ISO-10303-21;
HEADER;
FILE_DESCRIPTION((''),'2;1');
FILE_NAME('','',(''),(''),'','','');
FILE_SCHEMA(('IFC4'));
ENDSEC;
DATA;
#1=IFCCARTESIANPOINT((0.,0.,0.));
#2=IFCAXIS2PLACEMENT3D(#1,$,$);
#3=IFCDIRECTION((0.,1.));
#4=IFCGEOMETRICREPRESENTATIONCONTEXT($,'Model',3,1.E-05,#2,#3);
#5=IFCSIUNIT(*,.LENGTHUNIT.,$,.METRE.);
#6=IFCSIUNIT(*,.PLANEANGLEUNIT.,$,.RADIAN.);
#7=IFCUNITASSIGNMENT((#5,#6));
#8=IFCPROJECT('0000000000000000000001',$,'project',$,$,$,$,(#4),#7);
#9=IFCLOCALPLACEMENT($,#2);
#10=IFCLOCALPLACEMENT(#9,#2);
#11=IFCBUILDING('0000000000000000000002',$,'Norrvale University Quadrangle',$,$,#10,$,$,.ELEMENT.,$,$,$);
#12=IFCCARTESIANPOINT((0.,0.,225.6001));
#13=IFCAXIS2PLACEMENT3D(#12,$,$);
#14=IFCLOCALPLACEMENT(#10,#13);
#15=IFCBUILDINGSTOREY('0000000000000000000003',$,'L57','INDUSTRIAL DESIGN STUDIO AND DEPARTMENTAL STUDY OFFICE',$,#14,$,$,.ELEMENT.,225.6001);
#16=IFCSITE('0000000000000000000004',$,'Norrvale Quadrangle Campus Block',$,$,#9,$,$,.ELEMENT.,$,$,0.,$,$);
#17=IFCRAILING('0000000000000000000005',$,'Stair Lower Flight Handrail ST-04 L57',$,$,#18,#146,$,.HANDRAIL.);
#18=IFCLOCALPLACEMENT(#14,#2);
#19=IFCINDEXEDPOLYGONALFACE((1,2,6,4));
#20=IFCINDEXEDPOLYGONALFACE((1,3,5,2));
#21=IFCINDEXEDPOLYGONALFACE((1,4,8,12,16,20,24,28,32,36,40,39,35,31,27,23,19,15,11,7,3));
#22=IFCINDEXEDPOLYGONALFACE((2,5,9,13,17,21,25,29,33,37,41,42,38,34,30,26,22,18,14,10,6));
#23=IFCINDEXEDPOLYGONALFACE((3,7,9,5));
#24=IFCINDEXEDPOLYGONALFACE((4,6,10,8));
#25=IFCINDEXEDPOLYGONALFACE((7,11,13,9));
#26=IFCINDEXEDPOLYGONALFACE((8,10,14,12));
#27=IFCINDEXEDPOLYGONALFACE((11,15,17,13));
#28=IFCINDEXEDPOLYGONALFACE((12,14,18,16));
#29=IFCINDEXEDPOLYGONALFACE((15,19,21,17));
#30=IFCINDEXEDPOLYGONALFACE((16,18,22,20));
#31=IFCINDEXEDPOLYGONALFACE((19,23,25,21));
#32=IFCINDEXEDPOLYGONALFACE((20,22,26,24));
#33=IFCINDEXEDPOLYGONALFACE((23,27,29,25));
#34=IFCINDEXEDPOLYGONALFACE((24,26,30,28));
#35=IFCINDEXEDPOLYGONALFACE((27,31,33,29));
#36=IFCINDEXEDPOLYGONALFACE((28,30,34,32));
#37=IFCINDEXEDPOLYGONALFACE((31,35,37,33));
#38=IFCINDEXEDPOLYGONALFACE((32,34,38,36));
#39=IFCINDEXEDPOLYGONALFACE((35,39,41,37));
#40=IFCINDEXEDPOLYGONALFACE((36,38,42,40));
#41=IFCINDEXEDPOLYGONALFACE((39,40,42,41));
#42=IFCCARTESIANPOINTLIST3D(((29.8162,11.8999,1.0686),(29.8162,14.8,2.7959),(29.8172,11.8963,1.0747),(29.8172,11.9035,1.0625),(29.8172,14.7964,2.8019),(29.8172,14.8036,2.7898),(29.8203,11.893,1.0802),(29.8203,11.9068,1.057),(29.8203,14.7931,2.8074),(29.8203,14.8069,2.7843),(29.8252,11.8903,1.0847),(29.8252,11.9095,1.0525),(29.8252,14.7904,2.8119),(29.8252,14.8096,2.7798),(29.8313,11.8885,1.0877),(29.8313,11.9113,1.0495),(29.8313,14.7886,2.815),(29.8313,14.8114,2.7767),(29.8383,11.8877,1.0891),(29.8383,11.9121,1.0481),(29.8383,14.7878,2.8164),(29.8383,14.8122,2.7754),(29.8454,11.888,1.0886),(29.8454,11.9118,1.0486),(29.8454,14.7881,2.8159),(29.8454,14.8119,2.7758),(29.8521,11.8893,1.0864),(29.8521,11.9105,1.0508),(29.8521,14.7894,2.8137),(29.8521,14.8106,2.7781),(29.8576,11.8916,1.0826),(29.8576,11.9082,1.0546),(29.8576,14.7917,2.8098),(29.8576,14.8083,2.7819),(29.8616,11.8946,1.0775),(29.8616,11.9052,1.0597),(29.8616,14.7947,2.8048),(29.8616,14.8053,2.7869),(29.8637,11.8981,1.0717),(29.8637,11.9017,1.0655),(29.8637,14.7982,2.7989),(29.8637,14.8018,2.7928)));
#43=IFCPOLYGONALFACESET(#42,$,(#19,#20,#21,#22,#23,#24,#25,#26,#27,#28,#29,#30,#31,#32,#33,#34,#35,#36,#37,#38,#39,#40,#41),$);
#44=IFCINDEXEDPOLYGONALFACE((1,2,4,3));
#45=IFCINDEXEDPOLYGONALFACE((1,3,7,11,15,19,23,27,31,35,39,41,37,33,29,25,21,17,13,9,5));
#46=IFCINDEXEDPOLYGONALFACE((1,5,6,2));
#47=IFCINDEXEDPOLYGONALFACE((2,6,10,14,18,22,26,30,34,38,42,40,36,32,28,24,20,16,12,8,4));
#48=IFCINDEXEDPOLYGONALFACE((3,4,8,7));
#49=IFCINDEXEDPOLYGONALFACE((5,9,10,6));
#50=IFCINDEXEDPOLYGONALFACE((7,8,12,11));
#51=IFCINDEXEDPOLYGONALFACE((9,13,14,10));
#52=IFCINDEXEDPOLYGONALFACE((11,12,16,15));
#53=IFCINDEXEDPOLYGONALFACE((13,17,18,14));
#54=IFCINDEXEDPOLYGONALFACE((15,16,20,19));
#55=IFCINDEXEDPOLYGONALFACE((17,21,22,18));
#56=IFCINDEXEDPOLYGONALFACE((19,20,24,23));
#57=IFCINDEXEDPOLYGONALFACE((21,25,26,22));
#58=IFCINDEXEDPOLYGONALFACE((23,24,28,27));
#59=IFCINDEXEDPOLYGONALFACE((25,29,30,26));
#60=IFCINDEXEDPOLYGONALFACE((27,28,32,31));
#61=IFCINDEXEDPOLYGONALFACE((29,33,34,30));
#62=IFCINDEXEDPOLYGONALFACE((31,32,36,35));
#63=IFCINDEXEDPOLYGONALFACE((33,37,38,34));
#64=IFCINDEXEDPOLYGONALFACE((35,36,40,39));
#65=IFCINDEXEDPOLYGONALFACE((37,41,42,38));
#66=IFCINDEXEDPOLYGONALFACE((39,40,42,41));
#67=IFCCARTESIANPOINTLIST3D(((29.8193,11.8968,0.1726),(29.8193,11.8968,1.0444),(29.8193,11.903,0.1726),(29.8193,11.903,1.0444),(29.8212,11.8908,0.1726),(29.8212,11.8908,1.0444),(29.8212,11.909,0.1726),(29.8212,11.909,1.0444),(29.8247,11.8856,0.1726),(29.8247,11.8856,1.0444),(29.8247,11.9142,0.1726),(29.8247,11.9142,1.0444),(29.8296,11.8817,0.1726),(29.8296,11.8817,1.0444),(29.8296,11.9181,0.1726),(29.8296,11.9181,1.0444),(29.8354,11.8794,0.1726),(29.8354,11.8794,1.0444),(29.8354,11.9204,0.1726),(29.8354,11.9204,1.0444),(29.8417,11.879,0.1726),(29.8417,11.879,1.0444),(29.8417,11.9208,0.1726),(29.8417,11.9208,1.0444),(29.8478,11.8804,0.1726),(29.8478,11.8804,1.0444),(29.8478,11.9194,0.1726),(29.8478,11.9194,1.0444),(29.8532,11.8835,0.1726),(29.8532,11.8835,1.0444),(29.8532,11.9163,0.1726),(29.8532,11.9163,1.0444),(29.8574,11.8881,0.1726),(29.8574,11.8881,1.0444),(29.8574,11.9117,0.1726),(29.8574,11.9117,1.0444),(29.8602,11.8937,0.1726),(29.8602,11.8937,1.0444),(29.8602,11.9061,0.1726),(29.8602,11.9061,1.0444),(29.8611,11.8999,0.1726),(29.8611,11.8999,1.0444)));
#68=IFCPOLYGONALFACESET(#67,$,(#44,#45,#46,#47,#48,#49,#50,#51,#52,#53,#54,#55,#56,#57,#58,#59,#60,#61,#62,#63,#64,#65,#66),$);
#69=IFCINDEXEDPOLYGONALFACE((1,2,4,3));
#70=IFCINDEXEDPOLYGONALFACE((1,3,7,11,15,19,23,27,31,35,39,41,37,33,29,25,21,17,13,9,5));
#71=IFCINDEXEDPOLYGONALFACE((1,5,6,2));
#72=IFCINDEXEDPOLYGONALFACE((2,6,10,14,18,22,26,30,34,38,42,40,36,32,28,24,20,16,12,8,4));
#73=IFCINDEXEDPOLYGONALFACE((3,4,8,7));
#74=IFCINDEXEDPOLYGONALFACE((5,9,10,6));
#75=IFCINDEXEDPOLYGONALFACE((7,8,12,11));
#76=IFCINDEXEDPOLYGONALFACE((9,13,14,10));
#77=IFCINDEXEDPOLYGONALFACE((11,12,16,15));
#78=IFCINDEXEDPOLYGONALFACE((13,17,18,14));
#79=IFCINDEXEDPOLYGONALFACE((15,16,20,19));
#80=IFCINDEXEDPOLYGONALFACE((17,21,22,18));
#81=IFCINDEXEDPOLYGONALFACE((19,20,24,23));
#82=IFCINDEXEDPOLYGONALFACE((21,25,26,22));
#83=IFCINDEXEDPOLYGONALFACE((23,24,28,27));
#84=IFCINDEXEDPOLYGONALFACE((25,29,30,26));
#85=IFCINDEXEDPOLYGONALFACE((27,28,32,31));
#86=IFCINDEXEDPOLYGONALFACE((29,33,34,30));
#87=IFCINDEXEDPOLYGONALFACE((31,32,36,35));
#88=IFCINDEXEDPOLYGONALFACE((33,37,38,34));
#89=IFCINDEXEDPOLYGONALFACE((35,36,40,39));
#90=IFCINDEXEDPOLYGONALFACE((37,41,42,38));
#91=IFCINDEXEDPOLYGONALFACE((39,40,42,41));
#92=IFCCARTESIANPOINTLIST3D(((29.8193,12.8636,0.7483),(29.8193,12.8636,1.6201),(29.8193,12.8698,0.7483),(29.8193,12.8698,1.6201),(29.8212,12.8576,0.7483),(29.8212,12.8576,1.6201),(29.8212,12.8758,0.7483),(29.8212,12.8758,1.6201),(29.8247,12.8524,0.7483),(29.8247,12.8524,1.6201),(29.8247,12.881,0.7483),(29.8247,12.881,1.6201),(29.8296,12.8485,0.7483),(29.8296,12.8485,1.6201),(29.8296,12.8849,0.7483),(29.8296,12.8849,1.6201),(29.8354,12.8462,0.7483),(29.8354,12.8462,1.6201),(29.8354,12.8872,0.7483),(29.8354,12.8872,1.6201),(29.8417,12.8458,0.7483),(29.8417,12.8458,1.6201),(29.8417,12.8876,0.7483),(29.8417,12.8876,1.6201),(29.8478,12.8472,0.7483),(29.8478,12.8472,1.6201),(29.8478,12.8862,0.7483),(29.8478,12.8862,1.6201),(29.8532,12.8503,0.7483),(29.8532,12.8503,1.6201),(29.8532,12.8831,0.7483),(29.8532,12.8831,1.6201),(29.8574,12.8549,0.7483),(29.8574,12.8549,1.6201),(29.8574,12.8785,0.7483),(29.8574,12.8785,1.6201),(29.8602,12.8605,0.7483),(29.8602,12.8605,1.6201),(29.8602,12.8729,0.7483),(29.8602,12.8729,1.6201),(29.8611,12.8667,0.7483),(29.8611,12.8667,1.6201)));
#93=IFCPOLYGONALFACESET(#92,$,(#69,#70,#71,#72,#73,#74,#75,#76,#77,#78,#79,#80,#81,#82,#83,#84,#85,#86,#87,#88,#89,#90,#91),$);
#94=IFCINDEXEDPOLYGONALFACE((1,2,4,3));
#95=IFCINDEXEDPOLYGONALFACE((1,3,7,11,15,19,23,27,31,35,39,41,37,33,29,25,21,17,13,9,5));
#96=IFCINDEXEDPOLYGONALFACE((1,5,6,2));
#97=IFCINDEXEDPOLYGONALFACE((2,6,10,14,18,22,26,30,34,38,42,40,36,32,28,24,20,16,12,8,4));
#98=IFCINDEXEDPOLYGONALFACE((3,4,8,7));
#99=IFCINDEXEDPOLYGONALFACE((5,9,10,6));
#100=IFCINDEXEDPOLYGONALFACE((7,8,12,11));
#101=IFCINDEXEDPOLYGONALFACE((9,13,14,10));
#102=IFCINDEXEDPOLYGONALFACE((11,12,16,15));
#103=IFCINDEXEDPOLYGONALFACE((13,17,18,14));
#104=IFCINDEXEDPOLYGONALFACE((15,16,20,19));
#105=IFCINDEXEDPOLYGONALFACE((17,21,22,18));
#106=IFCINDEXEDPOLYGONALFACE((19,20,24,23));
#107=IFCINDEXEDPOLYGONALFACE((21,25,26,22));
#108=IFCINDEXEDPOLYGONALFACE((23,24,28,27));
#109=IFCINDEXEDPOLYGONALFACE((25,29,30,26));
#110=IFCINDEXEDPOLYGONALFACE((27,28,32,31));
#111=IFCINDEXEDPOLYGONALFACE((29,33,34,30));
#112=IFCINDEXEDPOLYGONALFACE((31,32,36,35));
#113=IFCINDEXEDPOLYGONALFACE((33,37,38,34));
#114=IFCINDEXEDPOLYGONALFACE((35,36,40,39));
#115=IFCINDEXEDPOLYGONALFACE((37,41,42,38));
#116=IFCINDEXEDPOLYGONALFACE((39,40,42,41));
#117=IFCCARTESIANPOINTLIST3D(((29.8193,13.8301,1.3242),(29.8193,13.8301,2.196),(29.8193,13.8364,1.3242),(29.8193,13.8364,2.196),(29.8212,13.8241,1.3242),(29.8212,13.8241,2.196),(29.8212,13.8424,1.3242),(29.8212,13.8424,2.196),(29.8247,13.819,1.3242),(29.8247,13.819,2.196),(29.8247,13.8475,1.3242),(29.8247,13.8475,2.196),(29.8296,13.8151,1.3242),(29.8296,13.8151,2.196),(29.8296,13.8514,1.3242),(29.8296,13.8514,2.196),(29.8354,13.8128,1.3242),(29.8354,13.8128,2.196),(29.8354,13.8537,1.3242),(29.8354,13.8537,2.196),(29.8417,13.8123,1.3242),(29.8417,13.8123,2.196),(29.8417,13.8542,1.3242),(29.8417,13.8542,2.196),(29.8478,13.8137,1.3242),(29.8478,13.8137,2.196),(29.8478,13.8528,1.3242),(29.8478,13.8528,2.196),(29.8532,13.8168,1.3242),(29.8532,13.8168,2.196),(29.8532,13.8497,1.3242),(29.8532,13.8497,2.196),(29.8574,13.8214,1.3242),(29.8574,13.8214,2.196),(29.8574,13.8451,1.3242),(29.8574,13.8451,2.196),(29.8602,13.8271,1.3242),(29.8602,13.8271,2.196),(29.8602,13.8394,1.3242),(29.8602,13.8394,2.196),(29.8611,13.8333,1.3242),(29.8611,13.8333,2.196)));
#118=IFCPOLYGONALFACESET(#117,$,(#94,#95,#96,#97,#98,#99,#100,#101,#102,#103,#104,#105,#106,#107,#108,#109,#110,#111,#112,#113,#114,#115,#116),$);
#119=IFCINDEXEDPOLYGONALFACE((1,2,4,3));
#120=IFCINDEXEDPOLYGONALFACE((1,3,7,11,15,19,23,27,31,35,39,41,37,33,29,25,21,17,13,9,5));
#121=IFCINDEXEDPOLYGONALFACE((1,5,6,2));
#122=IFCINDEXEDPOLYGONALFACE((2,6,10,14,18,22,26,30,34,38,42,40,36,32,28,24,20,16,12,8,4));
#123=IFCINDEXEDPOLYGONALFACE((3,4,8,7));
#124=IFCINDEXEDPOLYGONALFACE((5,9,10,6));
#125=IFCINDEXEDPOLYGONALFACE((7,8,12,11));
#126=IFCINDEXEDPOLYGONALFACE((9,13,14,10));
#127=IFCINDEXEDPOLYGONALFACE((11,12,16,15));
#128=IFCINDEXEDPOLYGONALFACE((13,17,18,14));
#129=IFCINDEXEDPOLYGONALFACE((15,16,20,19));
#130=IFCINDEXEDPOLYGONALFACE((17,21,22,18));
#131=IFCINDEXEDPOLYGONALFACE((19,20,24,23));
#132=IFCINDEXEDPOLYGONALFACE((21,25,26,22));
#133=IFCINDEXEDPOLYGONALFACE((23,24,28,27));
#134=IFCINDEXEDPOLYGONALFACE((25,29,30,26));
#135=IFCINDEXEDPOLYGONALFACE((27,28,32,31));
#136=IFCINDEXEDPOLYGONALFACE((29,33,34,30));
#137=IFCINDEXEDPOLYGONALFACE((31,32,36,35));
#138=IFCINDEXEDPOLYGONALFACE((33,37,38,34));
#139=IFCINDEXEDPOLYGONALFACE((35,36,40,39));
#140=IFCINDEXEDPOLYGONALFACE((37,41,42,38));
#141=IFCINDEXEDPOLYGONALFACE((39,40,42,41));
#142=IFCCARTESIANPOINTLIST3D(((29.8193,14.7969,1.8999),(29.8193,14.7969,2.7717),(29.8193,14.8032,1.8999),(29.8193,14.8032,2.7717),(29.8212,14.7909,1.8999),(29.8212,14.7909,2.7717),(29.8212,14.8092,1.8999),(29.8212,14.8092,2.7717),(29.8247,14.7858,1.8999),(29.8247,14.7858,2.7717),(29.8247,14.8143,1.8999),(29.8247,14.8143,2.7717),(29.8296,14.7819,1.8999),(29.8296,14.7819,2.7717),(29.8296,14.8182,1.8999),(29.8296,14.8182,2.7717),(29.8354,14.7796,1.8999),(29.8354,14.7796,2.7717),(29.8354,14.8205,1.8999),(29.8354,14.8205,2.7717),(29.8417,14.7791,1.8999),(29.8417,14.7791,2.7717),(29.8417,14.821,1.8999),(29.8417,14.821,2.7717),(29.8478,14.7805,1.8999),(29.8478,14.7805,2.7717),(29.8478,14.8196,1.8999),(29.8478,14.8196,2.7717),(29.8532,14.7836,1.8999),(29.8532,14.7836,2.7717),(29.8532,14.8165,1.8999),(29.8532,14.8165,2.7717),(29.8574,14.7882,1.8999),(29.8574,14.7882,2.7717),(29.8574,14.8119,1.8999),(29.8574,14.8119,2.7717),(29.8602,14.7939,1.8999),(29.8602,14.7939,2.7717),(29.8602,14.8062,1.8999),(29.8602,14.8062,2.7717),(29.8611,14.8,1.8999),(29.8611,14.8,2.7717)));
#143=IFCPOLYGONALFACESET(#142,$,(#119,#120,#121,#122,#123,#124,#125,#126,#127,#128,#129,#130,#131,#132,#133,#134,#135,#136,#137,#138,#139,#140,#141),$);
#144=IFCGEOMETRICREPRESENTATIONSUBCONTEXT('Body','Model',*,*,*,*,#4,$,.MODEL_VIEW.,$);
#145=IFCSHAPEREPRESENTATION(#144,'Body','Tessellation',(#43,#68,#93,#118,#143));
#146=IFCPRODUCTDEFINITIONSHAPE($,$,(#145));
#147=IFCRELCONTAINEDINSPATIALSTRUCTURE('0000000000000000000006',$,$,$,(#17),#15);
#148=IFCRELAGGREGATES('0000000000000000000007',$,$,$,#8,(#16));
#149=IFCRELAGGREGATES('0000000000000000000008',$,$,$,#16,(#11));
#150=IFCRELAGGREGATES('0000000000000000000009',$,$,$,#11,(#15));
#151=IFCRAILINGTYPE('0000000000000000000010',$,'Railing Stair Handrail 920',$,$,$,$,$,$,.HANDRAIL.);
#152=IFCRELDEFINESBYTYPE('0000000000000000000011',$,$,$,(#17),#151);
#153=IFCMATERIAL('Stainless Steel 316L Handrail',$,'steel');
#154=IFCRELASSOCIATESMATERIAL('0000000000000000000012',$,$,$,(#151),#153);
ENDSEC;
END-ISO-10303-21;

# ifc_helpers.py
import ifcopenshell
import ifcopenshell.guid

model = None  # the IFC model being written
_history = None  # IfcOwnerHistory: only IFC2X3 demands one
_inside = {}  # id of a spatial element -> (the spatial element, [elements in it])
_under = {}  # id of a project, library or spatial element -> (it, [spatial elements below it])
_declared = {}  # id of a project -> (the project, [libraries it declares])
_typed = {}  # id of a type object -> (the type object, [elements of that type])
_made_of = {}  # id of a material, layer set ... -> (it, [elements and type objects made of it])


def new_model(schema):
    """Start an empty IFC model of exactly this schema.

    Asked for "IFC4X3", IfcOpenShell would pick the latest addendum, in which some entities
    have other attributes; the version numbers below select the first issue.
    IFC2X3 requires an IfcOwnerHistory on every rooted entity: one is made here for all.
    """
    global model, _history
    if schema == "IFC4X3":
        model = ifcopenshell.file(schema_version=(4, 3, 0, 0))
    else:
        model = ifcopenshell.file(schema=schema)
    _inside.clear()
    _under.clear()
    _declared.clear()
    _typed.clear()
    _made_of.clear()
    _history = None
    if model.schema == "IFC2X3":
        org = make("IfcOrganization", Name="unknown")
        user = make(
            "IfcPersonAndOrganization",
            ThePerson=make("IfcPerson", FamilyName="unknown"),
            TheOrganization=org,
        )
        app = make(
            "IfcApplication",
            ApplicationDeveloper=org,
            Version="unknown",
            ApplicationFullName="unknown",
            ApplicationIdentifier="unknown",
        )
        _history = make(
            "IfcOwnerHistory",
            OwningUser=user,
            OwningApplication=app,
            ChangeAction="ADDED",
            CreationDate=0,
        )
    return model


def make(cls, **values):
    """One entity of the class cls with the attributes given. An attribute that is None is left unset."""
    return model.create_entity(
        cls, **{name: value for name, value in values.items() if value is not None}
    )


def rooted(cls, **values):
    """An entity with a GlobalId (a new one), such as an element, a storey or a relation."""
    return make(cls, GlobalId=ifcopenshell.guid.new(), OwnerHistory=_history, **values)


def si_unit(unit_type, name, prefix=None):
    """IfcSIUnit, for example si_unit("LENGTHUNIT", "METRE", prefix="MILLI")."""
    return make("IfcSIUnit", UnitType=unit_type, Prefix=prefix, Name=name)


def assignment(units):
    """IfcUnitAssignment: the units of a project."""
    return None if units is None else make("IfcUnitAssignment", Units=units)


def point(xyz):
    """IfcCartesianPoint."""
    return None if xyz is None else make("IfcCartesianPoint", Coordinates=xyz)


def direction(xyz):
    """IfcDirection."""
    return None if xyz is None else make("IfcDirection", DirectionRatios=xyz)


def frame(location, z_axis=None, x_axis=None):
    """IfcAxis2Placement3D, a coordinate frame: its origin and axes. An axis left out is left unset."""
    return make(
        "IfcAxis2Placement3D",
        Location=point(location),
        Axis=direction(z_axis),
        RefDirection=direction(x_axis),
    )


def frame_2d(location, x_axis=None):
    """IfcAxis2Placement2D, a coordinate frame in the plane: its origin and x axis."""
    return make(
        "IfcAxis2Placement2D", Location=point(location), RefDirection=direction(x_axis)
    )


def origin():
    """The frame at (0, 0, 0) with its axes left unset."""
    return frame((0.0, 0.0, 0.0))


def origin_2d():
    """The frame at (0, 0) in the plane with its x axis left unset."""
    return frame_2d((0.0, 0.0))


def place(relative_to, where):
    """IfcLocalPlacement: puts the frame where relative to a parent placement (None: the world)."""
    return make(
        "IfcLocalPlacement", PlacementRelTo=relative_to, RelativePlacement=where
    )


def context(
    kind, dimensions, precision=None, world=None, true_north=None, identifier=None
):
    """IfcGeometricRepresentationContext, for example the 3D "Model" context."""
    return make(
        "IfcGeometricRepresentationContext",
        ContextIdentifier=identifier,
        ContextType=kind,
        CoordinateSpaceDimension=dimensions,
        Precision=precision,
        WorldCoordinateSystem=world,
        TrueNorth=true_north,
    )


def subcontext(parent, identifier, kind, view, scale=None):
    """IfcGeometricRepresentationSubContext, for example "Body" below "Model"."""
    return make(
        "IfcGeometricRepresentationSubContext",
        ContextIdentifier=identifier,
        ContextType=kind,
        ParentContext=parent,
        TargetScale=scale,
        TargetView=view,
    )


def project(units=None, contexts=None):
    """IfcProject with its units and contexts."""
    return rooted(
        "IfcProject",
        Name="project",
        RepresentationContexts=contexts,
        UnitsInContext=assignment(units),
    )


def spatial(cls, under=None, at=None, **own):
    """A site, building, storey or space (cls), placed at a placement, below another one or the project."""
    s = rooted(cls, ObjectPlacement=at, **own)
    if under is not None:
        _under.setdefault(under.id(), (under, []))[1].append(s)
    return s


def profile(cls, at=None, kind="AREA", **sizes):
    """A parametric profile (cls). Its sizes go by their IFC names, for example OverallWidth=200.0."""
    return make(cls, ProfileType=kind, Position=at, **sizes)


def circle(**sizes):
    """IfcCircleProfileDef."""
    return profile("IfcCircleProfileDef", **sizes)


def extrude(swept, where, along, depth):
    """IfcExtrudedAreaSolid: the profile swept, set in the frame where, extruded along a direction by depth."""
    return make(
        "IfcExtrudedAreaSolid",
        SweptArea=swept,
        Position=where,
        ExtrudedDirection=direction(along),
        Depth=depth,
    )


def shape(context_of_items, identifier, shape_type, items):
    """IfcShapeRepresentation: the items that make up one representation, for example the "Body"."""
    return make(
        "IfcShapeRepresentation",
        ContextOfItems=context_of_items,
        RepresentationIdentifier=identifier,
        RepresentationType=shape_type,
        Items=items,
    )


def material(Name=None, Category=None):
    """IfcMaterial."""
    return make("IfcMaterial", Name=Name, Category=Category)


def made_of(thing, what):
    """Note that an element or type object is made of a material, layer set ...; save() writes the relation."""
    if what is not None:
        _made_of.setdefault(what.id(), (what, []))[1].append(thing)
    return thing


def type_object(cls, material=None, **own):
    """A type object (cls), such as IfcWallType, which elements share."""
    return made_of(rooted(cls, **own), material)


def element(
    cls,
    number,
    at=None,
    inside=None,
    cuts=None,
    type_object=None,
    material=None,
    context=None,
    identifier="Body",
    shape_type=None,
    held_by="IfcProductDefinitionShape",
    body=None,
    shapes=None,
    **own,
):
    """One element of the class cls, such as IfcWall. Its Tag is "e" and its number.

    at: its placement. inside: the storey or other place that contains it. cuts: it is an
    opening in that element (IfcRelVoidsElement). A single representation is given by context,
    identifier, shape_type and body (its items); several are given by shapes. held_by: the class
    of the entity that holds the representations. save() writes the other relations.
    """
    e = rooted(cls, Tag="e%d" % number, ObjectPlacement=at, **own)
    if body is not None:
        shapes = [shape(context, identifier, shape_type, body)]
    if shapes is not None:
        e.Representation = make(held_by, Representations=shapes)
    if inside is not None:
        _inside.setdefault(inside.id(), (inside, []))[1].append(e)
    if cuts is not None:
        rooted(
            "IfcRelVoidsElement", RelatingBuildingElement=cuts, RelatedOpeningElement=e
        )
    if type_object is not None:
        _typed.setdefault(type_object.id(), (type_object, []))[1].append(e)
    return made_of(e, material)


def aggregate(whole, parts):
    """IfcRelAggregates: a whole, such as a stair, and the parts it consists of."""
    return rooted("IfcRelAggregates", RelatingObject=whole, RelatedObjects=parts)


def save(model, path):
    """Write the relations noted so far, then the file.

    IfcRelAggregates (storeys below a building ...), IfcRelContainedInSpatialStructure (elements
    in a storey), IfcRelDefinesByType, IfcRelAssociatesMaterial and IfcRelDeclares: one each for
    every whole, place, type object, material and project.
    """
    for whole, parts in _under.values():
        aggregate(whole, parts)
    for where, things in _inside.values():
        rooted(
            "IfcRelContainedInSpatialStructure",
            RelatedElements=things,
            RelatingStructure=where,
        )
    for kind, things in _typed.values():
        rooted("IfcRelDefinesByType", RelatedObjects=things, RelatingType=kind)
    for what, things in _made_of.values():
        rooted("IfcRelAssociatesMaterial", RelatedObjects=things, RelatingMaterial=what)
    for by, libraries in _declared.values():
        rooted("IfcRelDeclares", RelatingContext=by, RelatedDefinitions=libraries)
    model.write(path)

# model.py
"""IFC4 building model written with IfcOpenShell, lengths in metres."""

from ifc_helpers import new_model, si_unit, direction, frame, origin, origin_2d, place, context, subcontext, project, spatial, circle, extrude, material, type_object, element, save


model = new_model("IFC4")

# Units and contexts
model_context = context("Model", 3, precision=1e-05, world=origin(), true_north=direction((0.0, 1.0)))
body_context = subcontext(model_context, "Body", "Model", "MODEL_VIEW")
ifc_project = project(units=[si_unit("LENGTHUNIT", "METRE"), si_unit("PLANEANGLEUNIT", "RADIAN")], contexts=[model_context])

# Site, building, storey
site_placement = place(None, origin())
site = spatial("IfcSite", under=ifc_project, at=site_placement, Name="Norrvale Quadrangle Campus Block", CompositionType="ELEMENT", RefElevation=0.0)
building_placement = place(site_placement, origin())
building = spatial("IfcBuilding", under=site, at=building_placement, Name="Norrvale University Quadrangle", CompositionType="ELEMENT")
storey_placement = place(building_placement, frame((0.0, 0.0, 225.6001)))
storey = spatial("IfcBuildingStorey", under=building, at=storey_placement, Name="L57", Description="INDUSTRIAL DESIGN STUDIO AND DEPARTMENTAL STUDY OFFICE", CompositionType="ELEMENT", Elevation=225.6001)

# Railing
ifc_material_1 = material(Name="Stainless Steel 316L Handrail", Category="steel")
railing_type_1 = type_object("IfcRailingType", Name="Railing Stair Handrail 920", PredefinedType="HANDRAIL", material=ifc_material_1)
railing_1_placement = place(storey_placement, frame((29.8401, 11.8999, 0.1726)))
element("IfcRailing", 1, at=railing_1_placement, inside=storey, type_object=railing_type_1, Name="Stair Lower Flight Handrail ST-04 L57", PredefinedType="HANDRAIL", context=body_context, shape_type="SweptSolid", body=[
    extrude(circle(Radius=0.0239, at=origin_2d()), frame((0.0, 0.0, 0.896), z_axis=(0.0, 0.85916, 0.511706), x_axis=(-1.0, 0.0, 0.0)), (0.0, 0.0, 1.0), 3.3755),
    extrude(circle(Radius=0.021, at=origin_2d()), origin(), (0.0, 0.0, 1.0), 0.8718),
    extrude(circle(Radius=0.021, at=origin_2d()), frame((0.0, 0.9668, 0.5757)), (0.0, 0.0, 1.0), 0.8718),
    extrude(circle(Radius=0.021, at=origin_2d()), frame((0.0, 1.9333, 1.1516)), (0.0, 0.0, 1.0), 0.8718),
    extrude(circle(Radius=0.021, at=origin_2d()), frame((0.0, 2.9001, 1.7273)), (0.0, 0.0, 1.0), 0.8718),
])

save(model, "model.ifc")
